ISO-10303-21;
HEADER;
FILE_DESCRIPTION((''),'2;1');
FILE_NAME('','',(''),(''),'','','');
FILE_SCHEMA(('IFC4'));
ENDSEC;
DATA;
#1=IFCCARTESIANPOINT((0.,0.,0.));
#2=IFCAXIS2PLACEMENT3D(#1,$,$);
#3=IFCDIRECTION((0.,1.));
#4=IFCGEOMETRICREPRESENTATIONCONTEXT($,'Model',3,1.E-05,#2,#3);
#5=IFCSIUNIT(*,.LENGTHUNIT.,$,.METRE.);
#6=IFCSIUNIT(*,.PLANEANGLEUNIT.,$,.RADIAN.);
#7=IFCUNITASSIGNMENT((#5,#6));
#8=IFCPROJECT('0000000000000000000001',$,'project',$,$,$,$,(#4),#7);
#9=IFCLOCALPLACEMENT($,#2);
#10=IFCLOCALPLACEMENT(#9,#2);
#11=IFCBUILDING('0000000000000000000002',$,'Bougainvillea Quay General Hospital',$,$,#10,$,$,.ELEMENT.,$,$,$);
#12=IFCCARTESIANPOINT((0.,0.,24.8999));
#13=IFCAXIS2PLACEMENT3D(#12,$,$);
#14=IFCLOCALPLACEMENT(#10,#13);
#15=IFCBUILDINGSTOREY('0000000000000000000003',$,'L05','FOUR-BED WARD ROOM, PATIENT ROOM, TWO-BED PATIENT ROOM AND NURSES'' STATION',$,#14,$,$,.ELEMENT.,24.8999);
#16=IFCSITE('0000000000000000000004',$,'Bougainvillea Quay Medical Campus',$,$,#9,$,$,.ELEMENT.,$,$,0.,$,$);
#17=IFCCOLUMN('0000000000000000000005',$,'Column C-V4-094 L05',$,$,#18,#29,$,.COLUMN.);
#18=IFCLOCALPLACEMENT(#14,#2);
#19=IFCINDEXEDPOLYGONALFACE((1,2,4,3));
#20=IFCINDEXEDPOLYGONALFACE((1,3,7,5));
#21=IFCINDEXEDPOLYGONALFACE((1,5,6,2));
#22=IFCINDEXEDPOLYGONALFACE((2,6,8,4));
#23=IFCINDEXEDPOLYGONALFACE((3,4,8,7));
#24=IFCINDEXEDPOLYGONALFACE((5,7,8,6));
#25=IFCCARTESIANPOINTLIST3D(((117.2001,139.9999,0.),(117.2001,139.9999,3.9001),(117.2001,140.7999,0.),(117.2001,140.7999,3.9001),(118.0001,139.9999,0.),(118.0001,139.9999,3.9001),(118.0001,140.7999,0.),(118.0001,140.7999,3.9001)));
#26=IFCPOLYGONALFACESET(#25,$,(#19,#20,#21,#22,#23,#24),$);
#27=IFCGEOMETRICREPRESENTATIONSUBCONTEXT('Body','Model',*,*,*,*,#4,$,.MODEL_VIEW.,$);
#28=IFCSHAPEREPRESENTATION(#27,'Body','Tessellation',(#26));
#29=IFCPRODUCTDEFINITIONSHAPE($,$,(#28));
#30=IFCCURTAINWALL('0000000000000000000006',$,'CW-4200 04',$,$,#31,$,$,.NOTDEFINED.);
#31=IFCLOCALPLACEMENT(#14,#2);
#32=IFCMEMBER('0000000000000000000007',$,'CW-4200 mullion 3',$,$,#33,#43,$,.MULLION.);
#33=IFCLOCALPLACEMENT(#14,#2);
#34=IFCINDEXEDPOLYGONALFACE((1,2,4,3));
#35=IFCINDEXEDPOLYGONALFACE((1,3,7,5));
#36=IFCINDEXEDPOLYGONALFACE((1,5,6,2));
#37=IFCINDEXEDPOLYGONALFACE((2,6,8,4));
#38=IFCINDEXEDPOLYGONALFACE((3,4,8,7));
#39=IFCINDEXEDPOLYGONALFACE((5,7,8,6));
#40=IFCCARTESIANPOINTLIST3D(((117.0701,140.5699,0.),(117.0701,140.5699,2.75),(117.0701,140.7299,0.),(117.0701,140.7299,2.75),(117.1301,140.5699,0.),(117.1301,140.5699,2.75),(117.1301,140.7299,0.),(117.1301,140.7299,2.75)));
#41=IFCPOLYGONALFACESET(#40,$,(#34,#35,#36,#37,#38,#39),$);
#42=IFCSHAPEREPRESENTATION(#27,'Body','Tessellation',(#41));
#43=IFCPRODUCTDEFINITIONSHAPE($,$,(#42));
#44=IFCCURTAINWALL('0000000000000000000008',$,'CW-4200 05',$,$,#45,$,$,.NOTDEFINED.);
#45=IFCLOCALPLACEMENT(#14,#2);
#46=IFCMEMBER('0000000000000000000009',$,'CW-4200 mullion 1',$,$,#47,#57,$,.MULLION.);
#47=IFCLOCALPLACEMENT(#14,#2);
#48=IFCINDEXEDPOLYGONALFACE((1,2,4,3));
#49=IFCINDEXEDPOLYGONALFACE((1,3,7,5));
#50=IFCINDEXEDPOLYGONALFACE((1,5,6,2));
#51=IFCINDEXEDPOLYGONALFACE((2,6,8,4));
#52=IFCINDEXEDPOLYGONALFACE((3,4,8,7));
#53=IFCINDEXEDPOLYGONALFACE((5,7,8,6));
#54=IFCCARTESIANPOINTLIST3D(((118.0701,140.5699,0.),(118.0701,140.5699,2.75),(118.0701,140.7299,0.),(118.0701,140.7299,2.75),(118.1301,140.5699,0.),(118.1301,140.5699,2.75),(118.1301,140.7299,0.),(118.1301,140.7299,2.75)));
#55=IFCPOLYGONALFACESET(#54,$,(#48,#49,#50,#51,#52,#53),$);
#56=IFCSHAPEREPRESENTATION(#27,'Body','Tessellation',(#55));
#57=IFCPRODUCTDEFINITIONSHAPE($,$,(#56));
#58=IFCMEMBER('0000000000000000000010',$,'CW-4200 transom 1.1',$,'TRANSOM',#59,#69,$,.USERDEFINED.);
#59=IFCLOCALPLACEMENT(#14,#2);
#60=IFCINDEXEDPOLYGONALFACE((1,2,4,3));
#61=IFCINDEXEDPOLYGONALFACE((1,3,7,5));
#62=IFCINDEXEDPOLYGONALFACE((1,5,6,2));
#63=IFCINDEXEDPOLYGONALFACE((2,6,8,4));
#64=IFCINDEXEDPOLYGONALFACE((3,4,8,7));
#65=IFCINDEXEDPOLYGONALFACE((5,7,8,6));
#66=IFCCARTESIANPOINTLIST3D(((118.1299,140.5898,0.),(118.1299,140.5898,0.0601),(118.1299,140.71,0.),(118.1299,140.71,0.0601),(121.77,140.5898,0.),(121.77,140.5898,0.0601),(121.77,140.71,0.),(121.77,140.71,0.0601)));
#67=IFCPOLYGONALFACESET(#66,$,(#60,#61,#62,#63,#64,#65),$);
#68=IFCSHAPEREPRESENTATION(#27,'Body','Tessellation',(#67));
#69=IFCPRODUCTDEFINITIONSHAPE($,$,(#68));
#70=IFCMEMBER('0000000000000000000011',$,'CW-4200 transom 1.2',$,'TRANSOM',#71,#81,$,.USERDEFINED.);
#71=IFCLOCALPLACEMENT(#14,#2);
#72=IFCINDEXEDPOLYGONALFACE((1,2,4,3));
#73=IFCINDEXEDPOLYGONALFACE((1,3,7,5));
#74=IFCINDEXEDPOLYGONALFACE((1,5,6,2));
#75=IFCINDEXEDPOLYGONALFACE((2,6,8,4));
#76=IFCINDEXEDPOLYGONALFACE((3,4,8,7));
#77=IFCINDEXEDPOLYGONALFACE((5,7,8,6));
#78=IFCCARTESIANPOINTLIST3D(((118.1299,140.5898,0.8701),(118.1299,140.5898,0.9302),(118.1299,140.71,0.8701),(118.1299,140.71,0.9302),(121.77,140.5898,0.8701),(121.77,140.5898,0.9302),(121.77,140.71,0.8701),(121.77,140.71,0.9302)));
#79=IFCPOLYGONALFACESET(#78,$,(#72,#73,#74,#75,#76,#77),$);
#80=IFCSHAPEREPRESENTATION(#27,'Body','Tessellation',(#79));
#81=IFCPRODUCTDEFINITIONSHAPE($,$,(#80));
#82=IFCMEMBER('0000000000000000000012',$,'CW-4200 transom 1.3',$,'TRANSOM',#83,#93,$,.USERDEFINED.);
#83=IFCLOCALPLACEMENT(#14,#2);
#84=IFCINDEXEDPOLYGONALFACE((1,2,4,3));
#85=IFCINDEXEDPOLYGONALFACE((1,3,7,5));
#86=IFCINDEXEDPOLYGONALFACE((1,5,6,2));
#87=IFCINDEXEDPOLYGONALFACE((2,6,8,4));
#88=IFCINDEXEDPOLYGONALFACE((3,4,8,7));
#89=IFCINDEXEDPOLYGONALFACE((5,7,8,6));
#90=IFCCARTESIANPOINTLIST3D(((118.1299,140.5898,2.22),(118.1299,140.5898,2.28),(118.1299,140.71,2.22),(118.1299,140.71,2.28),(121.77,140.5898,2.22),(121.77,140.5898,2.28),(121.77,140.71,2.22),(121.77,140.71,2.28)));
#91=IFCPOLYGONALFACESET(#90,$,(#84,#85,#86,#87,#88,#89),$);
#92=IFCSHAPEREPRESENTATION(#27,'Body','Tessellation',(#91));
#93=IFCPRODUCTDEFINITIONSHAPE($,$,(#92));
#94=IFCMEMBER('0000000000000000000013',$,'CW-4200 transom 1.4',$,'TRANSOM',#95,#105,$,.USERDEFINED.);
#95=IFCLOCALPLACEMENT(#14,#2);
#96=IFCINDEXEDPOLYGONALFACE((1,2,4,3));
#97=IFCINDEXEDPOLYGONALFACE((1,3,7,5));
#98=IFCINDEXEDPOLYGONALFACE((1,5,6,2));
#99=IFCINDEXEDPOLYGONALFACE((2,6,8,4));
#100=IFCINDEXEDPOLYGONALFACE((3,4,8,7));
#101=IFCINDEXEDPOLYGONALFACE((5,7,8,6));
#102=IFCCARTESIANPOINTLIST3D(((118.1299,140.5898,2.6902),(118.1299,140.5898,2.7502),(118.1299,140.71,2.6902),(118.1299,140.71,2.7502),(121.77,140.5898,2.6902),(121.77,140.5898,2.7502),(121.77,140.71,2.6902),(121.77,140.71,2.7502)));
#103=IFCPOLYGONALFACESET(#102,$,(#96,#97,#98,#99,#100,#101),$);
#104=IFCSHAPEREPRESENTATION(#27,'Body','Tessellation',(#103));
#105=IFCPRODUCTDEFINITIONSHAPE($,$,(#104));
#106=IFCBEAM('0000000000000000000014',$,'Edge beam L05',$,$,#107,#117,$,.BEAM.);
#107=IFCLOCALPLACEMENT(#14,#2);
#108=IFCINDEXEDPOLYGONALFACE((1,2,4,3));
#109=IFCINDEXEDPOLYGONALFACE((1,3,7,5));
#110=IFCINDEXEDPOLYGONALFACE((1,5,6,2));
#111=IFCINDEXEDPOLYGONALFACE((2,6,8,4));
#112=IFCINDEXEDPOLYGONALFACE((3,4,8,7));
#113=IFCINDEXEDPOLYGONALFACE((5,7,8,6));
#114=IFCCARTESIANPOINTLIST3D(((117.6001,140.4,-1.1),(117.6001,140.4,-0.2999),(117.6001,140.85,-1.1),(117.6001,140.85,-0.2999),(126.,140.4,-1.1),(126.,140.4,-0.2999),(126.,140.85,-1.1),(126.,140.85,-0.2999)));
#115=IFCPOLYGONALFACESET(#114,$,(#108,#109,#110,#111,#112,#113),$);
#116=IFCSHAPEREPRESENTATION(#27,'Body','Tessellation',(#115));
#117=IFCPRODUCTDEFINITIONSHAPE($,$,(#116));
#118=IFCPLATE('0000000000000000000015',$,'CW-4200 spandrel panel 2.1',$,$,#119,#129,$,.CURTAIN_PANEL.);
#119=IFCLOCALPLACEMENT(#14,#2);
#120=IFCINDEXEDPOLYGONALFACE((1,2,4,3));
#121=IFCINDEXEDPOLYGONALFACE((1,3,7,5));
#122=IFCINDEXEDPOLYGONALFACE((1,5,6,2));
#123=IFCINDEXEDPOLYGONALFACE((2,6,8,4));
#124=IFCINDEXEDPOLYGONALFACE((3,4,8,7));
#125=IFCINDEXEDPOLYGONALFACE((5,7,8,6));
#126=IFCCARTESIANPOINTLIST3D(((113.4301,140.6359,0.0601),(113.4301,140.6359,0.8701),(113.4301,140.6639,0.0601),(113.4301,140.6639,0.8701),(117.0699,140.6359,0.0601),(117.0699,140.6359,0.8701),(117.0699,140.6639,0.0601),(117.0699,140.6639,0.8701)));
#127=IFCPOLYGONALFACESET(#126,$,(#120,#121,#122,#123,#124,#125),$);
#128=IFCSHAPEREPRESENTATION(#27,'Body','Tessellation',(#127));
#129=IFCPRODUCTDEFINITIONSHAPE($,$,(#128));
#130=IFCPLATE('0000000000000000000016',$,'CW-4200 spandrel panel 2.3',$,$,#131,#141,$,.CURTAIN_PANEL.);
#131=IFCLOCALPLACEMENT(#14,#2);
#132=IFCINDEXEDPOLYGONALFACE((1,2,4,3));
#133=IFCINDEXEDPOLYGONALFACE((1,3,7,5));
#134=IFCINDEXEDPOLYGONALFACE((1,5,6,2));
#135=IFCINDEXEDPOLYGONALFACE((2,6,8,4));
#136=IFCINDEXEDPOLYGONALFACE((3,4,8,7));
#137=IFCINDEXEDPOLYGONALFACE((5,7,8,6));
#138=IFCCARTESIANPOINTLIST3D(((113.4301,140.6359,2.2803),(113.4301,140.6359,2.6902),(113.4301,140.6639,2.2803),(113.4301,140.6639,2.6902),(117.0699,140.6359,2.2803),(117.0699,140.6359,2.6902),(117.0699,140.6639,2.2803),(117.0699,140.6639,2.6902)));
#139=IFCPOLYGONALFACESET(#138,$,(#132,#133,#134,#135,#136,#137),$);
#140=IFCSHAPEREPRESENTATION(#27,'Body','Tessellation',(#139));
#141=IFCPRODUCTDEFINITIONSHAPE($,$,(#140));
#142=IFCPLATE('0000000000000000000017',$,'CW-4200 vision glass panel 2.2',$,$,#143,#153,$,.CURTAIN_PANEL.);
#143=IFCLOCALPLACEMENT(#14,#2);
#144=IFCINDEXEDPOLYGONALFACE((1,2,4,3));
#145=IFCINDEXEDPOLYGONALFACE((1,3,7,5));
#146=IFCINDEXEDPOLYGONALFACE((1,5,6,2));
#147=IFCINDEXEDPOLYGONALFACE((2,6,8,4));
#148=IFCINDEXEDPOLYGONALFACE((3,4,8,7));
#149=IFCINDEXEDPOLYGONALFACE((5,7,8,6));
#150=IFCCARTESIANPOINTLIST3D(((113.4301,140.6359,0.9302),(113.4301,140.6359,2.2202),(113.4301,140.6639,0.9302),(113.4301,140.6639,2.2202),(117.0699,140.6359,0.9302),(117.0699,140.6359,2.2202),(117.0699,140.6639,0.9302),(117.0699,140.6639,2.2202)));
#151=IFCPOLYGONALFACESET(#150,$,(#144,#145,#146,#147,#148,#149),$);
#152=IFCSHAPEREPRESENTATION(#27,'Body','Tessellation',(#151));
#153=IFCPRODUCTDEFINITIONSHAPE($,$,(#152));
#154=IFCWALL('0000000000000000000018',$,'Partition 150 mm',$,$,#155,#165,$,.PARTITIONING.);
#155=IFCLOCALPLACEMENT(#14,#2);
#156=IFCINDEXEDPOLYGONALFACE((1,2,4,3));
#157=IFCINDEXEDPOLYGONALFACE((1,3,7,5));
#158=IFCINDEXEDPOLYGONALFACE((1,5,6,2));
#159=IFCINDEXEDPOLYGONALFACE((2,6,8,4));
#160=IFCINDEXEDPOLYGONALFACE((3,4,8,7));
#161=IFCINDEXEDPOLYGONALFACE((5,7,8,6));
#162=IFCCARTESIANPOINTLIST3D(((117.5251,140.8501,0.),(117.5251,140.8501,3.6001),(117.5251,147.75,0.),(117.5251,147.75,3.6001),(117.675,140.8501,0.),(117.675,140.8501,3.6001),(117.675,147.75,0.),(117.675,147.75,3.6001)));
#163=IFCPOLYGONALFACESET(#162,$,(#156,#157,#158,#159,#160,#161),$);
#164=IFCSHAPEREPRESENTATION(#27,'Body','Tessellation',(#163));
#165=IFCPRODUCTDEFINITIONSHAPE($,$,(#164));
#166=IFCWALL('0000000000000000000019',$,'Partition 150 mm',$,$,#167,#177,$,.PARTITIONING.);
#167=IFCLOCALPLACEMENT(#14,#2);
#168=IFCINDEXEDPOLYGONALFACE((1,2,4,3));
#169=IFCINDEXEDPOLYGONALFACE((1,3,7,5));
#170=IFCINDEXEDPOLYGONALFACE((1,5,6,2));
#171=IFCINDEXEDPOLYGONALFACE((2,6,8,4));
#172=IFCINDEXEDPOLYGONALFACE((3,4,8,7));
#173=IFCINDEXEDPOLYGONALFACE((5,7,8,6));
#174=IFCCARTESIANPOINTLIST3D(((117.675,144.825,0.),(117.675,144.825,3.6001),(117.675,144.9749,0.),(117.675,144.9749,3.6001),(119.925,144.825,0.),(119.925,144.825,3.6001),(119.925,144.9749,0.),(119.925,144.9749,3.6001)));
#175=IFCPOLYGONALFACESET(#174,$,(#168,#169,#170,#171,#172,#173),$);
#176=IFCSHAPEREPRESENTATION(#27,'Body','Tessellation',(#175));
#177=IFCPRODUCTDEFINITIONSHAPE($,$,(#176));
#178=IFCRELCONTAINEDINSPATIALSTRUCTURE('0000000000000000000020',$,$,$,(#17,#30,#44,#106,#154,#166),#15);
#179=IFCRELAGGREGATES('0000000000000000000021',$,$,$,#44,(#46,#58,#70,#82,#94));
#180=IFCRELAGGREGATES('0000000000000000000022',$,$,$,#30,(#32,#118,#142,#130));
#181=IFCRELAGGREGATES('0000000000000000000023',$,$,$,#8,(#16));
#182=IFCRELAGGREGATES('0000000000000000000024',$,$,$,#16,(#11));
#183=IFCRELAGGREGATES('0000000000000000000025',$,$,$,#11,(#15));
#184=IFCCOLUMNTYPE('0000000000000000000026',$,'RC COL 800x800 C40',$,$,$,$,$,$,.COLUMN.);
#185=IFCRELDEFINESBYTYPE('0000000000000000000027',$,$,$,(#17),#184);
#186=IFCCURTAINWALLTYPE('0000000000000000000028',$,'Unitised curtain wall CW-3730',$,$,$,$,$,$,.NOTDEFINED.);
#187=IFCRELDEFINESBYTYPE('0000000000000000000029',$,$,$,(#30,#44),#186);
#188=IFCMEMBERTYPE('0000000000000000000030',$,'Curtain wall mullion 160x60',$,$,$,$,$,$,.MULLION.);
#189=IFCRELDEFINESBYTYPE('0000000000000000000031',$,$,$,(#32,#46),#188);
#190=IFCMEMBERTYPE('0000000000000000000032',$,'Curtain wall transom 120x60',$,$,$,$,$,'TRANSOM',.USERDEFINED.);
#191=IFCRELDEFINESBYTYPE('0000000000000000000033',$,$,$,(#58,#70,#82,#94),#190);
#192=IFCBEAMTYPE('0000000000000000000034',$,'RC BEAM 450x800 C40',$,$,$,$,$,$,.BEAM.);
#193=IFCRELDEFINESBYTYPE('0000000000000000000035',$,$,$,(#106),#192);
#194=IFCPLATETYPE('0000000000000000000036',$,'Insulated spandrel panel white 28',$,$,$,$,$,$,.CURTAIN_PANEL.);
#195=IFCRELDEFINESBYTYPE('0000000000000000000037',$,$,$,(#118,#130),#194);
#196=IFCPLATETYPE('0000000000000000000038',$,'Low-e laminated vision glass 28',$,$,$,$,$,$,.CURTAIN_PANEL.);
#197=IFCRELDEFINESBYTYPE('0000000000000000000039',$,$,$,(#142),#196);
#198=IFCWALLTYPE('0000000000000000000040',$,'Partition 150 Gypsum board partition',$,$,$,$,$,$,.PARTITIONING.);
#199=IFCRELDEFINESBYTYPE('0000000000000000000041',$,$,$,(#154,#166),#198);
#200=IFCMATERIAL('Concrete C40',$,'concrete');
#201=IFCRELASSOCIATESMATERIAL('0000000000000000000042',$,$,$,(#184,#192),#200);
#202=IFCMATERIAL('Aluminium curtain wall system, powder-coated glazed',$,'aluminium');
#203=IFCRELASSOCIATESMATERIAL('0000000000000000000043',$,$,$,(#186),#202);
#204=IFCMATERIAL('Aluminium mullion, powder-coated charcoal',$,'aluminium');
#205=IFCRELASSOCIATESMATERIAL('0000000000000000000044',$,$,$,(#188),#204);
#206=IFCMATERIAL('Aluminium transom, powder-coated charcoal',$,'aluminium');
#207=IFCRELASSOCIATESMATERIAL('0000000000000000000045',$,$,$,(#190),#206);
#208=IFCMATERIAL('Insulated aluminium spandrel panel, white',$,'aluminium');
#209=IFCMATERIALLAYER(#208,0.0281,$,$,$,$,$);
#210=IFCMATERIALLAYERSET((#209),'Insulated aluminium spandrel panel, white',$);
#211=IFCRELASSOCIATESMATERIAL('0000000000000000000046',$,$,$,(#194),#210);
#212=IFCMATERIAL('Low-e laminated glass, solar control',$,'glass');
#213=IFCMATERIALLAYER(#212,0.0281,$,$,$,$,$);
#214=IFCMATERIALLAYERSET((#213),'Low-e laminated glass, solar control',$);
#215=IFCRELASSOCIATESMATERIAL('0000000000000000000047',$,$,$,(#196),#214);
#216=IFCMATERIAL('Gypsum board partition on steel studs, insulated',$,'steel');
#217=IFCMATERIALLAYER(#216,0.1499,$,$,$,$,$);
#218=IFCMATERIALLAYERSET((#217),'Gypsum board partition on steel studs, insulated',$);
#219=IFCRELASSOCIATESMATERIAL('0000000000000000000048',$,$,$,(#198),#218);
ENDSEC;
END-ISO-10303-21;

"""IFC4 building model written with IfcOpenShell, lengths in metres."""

from ifc_helpers import new_model, si_unit, direction, frame, frame_2d, origin, origin_2d, place, context, subcontext, project, spatial, rectangle, extrude, material, layer, layer_set, material_profile, profile_set, type_object, element, aggregate, save


model = new_model("IFC4")

# Units and contexts
model_context = context("Model", 3, precision=1e-05, world=origin(), true_north=direction((0.0, 1.0)))
body_context = subcontext(model_context, "Body", "Model", "MODEL_VIEW")
ifc_project = project(units=[si_unit("LENGTHUNIT", "METRE"), si_unit("PLANEANGLEUNIT", "RADIAN")], contexts=[model_context])

# Site, building, storey
site_placement = place(None, origin())
site = spatial("IfcSite", under=ifc_project, at=site_placement, Name="Bougainvillea Quay Medical Campus", CompositionType="ELEMENT", RefElevation=0.0)
building_placement = place(site_placement, origin())
building = spatial("IfcBuilding", under=site, at=building_placement, Name="Bougainvillea Quay General Hospital", CompositionType="ELEMENT")
storey_placement = place(building_placement, frame((0.0, 0.0, 24.8999)))
storey = spatial("IfcBuildingStorey", under=building, at=storey_placement, Name="L05", Description="FOUR-BED WARD ROOM, PATIENT ROOM, TWO-BED PATIENT ROOM AND NURSES' STATION", CompositionType="ELEMENT", Elevation=24.8999)

# Column
ifc_material_1 = material(Name="Concrete C40", Category="concrete")
ifc_material_profile_1 = material_profile(ifc_material_1, rectangle(XDim=0.8, YDim=0.8, at=origin_2d()))
ifc_profile_set_1 = profile_set([ifc_material_profile_1], Name="Concrete C40")
column_type = type_object("IfcColumnType", Name="RC COL 800x800 C40", PredefinedType="COLUMN", material=ifc_profile_set_1)
column_placement = place(storey_placement, frame((117.6001, 140.3999, 0.0), z_axis=(0.0, 0.0, 1.0), x_axis=(1.0, 0.0, 0.0)))
element("IfcColumn", 1, at=column_placement, inside=storey, type_object=column_type, Name="Column C-V4-094 L05", PredefinedType="COLUMN", context=body_context, shape_type="SweptSolid", body=[
    extrude(rectangle(XDim=0.8, YDim=0.8, at=origin_2d()), origin(), (0.0, 0.0, 1.0), 3.9001),
])

# Curtain wall, member
ifc_material_2 = material(Name="Aluminium curtain wall system, powder-coated glazed", Category="aluminium")
curtain_wall_type = type_object("IfcCurtainWallType", Name="Unitised curtain wall CW-3730", PredefinedType="NOTDEFINED", material=ifc_material_2)
curtain_wall_1_placement = place(storey_placement, origin())
curtain_wall_1 = element("IfcCurtainWall", 2, at=curtain_wall_1_placement, inside=storey, type_object=curtain_wall_type, Name="CW-4200 04", PredefinedType="NOTDEFINED")
ifc_material_3 = material(Name="Aluminium mullion, powder-coated charcoal", Category="aluminium")
ifc_material_profile_2 = material_profile(ifc_material_3, rectangle(XDim=0.1599, YDim=0.0601, at=origin_2d()))
ifc_profile_set_2 = profile_set([ifc_material_profile_2], Name="Aluminium mullion, powder-coated charcoal")
member_type_1 = type_object("IfcMemberType", Name="Curtain wall mullion 160x60", PredefinedType="MULLION", material=ifc_profile_set_2)
member_1_placement = place(storey_placement, frame((117.1001, 140.6499, 0.0), z_axis=(0.0, 0.0, 1.0), x_axis=(0.0, 1.0, 0.0)))
member_1 = element("IfcMember", 3, at=member_1_placement, type_object=member_type_1, Name="CW-4200 mullion 3", PredefinedType="MULLION", context=body_context, shape_type="SweptSolid", body=[
    extrude(rectangle(XDim=0.1599, YDim=0.0601, at=origin_2d()), origin(), (0.0, 0.0, 1.0), 2.75),
])

# Curtain wall, members
curtain_wall_2_placement = place(storey_placement, origin())
curtain_wall_2 = element("IfcCurtainWall", 4, at=curtain_wall_2_placement, inside=storey, type_object=curtain_wall_type, Name="CW-4200 05", PredefinedType="NOTDEFINED")
member_2_placement = place(storey_placement, frame((118.1001, 140.6499, 0.0), z_axis=(0.0, 0.0, 1.0), x_axis=(0.0, 1.0, 0.0)))
member_2 = element("IfcMember", 5, at=member_2_placement, type_object=member_type_1, Name="CW-4200 mullion 1", PredefinedType="MULLION", context=body_context, shape_type="SweptSolid", body=[
    extrude(rectangle(XDim=0.1599, YDim=0.0601, at=origin_2d()), origin(), (0.0, 0.0, 1.0), 2.75),
])
ifc_material_4 = material(Name="Aluminium transom, powder-coated charcoal", Category="aluminium")
ifc_material_profile_3 = material_profile(ifc_material_4, rectangle(XDim=0.1201, YDim=0.0601, at=origin_2d()))
ifc_profile_set_3 = profile_set([ifc_material_profile_3], Name="Aluminium transom, powder-coated charcoal")
member_type_2 = type_object("IfcMemberType", Name="Curtain wall transom 120x60", ElementType="TRANSOM", PredefinedType="USERDEFINED", material=ifc_profile_set_3)
member_3_placement = place(storey_placement, frame((118.1299, 140.6499, 0.03), z_axis=(1.0, 0.0, 0.0), x_axis=(0.0, 1.0, 0.0)))
member_3 = element("IfcMember", 6, at=member_3_placement, type_object=member_type_2, Name="CW-4200 transom 1.1", ObjectType="TRANSOM", PredefinedType="USERDEFINED", context=body_context, shape_type="SweptSolid", body=[
    extrude(rectangle(XDim=0.1201, YDim=0.0601, at=origin_2d()), origin(), (0.0, 0.0, 1.0), 3.6401),
])
member_4_placement = place(storey_placement, frame((118.1299, 140.6499, 0.9001), z_axis=(1.0, 0.0, 0.0), x_axis=(0.0, 1.0, 0.0)))
member_4 = element("IfcMember", 7, at=member_4_placement, type_object=member_type_2, Name="CW-4200 transom 1.2", ObjectType="TRANSOM", PredefinedType="USERDEFINED", context=body_context, shape_type="SweptSolid", body=[
    extrude(rectangle(XDim=0.1201, YDim=0.0601, at=origin_2d()), origin(), (0.0, 0.0, 1.0), 3.6401),
])
member_5_placement = place(storey_placement, frame((118.1299, 140.6499, 2.25), z_axis=(1.0, 0.0, 0.0), x_axis=(0.0, 1.0, 0.0)))
member_5 = element("IfcMember", 8, at=member_5_placement, type_object=member_type_2, Name="CW-4200 transom 1.3", ObjectType="TRANSOM", PredefinedType="USERDEFINED", context=body_context, shape_type="SweptSolid", body=[
    extrude(rectangle(XDim=0.1201, YDim=0.0601, at=origin_2d()), origin(), (0.0, 0.0, 1.0), 3.6401),
])
member_6_placement = place(storey_placement, frame((118.1299, 140.6499, 2.7202), z_axis=(1.0, 0.0, 0.0), x_axis=(0.0, 1.0, 0.0)))
member_6 = element("IfcMember", 9, at=member_6_placement, type_object=member_type_2, Name="CW-4200 transom 1.4", ObjectType="TRANSOM", PredefinedType="USERDEFINED", context=body_context, shape_type="SweptSolid", body=[
    extrude(rectangle(XDim=0.1201, YDim=0.0601, at=origin_2d()), origin(), (0.0, 0.0, 1.0), 3.6401),
])
aggregate(curtain_wall_2, [member_2, member_3, member_4, member_5, member_6])

# Beam
ifc_material_profile_4 = material_profile(ifc_material_1, rectangle(XDim=0.45, YDim=0.8, at=origin_2d()))
ifc_profile_set_4 = profile_set([ifc_material_profile_4], Name="Concrete C40")
beam_type = type_object("IfcBeamType", Name="RC BEAM 450x800 C40", PredefinedType="BEAM", material=ifc_profile_set_4)
beam_placement = place(storey_placement, frame((117.6001, 140.625, -0.7), z_axis=(1.0, 0.0, 0.0), x_axis=(0.0, 1.0, 0.0)))
element("IfcBeam", 10, at=beam_placement, inside=storey, type_object=beam_type, Name="Edge beam L05", PredefinedType="BEAM", context=body_context, shape_type="SweptSolid", body=[
    extrude(rectangle(XDim=0.45, YDim=0.8, at=origin_2d()), origin(), (0.0, 0.0, 1.0), 8.3999),
])

# Plates
ifc_material_5 = material(Name="Insulated aluminium spandrel panel, white", Category="aluminium")
ifc_layer_1 = layer(ifc_material_5, 0.0281)
ifc_layer_set_1 = layer_set([ifc_layer_1], Name="Insulated aluminium spandrel panel, white")
plate_type_1 = type_object("IfcPlateType", Name="Insulated spandrel panel white 28", PredefinedType="CURTAIN_PANEL", material=ifc_layer_set_1)
plate_1_placement = place(storey_placement, frame((115.25, 140.6499, 0.0601), z_axis=(0.0, 0.0, 1.0), x_axis=(1.0, 0.0, 0.0)))
plate_1 = element("IfcPlate", 11, at=plate_1_placement, type_object=plate_type_1, Name="CW-4200 spandrel panel 2.1", PredefinedType="CURTAIN_PANEL", context=body_context, shape_type="SweptSolid", body=[
    extrude(rectangle(XDim=3.6399, YDim=0.0281, at=origin_2d()), origin(), (0.0, 0.0, 1.0), 0.8101),
])
plate_2_placement = place(storey_placement, frame((115.25, 140.6499, 2.2803), z_axis=(0.0, 0.0, 1.0), x_axis=(1.0, 0.0, 0.0)))
plate_2 = element("IfcPlate", 12, at=plate_2_placement, type_object=plate_type_1, Name="CW-4200 spandrel panel 2.3", PredefinedType="CURTAIN_PANEL", context=body_context, shape_type="SweptSolid", body=[
    extrude(rectangle(XDim=3.6399, YDim=0.0281, at=origin_2d()), origin(), (0.0, 0.0, 1.0), 0.4099),
])
ifc_material_6 = material(Name="Low-e laminated glass, solar control", Category="glass")
ifc_layer_2 = layer(ifc_material_6, 0.0281)
ifc_layer_set_2 = layer_set([ifc_layer_2], Name="Low-e laminated glass, solar control")
plate_type_2 = type_object("IfcPlateType", Name="Low-e laminated vision glass 28", PredefinedType="CURTAIN_PANEL", material=ifc_layer_set_2)
plate_3_placement = place(storey_placement, frame((115.25, 140.6499, 0.9302), z_axis=(0.0, 0.0, 1.0), x_axis=(1.0, 0.0, 0.0)))
plate_3 = element("IfcPlate", 13, at=plate_3_placement, type_object=plate_type_2, Name="CW-4200 vision glass panel 2.2", PredefinedType="CURTAIN_PANEL", context=body_context, shape_type="SweptSolid", body=[
    extrude(rectangle(XDim=3.6399, YDim=0.0281, at=origin_2d()), origin(), (0.0, 0.0, 1.0), 1.29),
])
aggregate(curtain_wall_1, [member_1, plate_1, plate_3, plate_2])

# Walls
ifc_material_7 = material(Name="Gypsum board partition on steel studs, insulated", Category="steel")
ifc_layer_3 = layer(ifc_material_7, 0.1499)
ifc_layer_set_3 = layer_set([ifc_layer_3], Name="Gypsum board partition on steel studs, insulated")
wall_type = type_object("IfcWallType", Name="Partition 150 Gypsum board partition", PredefinedType="PARTITIONING", material=ifc_layer_set_3)
wall_1_placement = place(storey_placement, frame((117.6001, 140.8501, 0.0), z_axis=(0.0, 0.0, 1.0), x_axis=(0.0, 1.0, 0.0)))
element("IfcWall", 14, at=wall_1_placement, inside=storey, type_object=wall_type, Name="Partition 150 mm", PredefinedType="PARTITIONING", context=body_context, shape_type="SweptSolid", body=[
    extrude(rectangle(XDim=6.8999, YDim=0.1499, at=frame_2d((3.45, 0.0))), origin(), (0.0, 0.0, 1.0), 3.6001),
])
wall_2_placement = place(storey_placement, frame((117.675, 144.8999, 0.0), z_axis=(0.0, 0.0, 1.0), x_axis=(1.0, 0.0, 0.0)))
element("IfcWall", 15, at=wall_2_placement, inside=storey, type_object=wall_type, Name="Partition 150 mm", PredefinedType="PARTITIONING", context=body_context, shape_type="SweptSolid", body=[
    extrude(rectangle(XDim=2.25, YDim=0.1499, at=frame_2d((1.125, 0.0))), origin(), (0.0, 0.0, 1.0), 3.6001),
])

save(model, "model.ifc")
